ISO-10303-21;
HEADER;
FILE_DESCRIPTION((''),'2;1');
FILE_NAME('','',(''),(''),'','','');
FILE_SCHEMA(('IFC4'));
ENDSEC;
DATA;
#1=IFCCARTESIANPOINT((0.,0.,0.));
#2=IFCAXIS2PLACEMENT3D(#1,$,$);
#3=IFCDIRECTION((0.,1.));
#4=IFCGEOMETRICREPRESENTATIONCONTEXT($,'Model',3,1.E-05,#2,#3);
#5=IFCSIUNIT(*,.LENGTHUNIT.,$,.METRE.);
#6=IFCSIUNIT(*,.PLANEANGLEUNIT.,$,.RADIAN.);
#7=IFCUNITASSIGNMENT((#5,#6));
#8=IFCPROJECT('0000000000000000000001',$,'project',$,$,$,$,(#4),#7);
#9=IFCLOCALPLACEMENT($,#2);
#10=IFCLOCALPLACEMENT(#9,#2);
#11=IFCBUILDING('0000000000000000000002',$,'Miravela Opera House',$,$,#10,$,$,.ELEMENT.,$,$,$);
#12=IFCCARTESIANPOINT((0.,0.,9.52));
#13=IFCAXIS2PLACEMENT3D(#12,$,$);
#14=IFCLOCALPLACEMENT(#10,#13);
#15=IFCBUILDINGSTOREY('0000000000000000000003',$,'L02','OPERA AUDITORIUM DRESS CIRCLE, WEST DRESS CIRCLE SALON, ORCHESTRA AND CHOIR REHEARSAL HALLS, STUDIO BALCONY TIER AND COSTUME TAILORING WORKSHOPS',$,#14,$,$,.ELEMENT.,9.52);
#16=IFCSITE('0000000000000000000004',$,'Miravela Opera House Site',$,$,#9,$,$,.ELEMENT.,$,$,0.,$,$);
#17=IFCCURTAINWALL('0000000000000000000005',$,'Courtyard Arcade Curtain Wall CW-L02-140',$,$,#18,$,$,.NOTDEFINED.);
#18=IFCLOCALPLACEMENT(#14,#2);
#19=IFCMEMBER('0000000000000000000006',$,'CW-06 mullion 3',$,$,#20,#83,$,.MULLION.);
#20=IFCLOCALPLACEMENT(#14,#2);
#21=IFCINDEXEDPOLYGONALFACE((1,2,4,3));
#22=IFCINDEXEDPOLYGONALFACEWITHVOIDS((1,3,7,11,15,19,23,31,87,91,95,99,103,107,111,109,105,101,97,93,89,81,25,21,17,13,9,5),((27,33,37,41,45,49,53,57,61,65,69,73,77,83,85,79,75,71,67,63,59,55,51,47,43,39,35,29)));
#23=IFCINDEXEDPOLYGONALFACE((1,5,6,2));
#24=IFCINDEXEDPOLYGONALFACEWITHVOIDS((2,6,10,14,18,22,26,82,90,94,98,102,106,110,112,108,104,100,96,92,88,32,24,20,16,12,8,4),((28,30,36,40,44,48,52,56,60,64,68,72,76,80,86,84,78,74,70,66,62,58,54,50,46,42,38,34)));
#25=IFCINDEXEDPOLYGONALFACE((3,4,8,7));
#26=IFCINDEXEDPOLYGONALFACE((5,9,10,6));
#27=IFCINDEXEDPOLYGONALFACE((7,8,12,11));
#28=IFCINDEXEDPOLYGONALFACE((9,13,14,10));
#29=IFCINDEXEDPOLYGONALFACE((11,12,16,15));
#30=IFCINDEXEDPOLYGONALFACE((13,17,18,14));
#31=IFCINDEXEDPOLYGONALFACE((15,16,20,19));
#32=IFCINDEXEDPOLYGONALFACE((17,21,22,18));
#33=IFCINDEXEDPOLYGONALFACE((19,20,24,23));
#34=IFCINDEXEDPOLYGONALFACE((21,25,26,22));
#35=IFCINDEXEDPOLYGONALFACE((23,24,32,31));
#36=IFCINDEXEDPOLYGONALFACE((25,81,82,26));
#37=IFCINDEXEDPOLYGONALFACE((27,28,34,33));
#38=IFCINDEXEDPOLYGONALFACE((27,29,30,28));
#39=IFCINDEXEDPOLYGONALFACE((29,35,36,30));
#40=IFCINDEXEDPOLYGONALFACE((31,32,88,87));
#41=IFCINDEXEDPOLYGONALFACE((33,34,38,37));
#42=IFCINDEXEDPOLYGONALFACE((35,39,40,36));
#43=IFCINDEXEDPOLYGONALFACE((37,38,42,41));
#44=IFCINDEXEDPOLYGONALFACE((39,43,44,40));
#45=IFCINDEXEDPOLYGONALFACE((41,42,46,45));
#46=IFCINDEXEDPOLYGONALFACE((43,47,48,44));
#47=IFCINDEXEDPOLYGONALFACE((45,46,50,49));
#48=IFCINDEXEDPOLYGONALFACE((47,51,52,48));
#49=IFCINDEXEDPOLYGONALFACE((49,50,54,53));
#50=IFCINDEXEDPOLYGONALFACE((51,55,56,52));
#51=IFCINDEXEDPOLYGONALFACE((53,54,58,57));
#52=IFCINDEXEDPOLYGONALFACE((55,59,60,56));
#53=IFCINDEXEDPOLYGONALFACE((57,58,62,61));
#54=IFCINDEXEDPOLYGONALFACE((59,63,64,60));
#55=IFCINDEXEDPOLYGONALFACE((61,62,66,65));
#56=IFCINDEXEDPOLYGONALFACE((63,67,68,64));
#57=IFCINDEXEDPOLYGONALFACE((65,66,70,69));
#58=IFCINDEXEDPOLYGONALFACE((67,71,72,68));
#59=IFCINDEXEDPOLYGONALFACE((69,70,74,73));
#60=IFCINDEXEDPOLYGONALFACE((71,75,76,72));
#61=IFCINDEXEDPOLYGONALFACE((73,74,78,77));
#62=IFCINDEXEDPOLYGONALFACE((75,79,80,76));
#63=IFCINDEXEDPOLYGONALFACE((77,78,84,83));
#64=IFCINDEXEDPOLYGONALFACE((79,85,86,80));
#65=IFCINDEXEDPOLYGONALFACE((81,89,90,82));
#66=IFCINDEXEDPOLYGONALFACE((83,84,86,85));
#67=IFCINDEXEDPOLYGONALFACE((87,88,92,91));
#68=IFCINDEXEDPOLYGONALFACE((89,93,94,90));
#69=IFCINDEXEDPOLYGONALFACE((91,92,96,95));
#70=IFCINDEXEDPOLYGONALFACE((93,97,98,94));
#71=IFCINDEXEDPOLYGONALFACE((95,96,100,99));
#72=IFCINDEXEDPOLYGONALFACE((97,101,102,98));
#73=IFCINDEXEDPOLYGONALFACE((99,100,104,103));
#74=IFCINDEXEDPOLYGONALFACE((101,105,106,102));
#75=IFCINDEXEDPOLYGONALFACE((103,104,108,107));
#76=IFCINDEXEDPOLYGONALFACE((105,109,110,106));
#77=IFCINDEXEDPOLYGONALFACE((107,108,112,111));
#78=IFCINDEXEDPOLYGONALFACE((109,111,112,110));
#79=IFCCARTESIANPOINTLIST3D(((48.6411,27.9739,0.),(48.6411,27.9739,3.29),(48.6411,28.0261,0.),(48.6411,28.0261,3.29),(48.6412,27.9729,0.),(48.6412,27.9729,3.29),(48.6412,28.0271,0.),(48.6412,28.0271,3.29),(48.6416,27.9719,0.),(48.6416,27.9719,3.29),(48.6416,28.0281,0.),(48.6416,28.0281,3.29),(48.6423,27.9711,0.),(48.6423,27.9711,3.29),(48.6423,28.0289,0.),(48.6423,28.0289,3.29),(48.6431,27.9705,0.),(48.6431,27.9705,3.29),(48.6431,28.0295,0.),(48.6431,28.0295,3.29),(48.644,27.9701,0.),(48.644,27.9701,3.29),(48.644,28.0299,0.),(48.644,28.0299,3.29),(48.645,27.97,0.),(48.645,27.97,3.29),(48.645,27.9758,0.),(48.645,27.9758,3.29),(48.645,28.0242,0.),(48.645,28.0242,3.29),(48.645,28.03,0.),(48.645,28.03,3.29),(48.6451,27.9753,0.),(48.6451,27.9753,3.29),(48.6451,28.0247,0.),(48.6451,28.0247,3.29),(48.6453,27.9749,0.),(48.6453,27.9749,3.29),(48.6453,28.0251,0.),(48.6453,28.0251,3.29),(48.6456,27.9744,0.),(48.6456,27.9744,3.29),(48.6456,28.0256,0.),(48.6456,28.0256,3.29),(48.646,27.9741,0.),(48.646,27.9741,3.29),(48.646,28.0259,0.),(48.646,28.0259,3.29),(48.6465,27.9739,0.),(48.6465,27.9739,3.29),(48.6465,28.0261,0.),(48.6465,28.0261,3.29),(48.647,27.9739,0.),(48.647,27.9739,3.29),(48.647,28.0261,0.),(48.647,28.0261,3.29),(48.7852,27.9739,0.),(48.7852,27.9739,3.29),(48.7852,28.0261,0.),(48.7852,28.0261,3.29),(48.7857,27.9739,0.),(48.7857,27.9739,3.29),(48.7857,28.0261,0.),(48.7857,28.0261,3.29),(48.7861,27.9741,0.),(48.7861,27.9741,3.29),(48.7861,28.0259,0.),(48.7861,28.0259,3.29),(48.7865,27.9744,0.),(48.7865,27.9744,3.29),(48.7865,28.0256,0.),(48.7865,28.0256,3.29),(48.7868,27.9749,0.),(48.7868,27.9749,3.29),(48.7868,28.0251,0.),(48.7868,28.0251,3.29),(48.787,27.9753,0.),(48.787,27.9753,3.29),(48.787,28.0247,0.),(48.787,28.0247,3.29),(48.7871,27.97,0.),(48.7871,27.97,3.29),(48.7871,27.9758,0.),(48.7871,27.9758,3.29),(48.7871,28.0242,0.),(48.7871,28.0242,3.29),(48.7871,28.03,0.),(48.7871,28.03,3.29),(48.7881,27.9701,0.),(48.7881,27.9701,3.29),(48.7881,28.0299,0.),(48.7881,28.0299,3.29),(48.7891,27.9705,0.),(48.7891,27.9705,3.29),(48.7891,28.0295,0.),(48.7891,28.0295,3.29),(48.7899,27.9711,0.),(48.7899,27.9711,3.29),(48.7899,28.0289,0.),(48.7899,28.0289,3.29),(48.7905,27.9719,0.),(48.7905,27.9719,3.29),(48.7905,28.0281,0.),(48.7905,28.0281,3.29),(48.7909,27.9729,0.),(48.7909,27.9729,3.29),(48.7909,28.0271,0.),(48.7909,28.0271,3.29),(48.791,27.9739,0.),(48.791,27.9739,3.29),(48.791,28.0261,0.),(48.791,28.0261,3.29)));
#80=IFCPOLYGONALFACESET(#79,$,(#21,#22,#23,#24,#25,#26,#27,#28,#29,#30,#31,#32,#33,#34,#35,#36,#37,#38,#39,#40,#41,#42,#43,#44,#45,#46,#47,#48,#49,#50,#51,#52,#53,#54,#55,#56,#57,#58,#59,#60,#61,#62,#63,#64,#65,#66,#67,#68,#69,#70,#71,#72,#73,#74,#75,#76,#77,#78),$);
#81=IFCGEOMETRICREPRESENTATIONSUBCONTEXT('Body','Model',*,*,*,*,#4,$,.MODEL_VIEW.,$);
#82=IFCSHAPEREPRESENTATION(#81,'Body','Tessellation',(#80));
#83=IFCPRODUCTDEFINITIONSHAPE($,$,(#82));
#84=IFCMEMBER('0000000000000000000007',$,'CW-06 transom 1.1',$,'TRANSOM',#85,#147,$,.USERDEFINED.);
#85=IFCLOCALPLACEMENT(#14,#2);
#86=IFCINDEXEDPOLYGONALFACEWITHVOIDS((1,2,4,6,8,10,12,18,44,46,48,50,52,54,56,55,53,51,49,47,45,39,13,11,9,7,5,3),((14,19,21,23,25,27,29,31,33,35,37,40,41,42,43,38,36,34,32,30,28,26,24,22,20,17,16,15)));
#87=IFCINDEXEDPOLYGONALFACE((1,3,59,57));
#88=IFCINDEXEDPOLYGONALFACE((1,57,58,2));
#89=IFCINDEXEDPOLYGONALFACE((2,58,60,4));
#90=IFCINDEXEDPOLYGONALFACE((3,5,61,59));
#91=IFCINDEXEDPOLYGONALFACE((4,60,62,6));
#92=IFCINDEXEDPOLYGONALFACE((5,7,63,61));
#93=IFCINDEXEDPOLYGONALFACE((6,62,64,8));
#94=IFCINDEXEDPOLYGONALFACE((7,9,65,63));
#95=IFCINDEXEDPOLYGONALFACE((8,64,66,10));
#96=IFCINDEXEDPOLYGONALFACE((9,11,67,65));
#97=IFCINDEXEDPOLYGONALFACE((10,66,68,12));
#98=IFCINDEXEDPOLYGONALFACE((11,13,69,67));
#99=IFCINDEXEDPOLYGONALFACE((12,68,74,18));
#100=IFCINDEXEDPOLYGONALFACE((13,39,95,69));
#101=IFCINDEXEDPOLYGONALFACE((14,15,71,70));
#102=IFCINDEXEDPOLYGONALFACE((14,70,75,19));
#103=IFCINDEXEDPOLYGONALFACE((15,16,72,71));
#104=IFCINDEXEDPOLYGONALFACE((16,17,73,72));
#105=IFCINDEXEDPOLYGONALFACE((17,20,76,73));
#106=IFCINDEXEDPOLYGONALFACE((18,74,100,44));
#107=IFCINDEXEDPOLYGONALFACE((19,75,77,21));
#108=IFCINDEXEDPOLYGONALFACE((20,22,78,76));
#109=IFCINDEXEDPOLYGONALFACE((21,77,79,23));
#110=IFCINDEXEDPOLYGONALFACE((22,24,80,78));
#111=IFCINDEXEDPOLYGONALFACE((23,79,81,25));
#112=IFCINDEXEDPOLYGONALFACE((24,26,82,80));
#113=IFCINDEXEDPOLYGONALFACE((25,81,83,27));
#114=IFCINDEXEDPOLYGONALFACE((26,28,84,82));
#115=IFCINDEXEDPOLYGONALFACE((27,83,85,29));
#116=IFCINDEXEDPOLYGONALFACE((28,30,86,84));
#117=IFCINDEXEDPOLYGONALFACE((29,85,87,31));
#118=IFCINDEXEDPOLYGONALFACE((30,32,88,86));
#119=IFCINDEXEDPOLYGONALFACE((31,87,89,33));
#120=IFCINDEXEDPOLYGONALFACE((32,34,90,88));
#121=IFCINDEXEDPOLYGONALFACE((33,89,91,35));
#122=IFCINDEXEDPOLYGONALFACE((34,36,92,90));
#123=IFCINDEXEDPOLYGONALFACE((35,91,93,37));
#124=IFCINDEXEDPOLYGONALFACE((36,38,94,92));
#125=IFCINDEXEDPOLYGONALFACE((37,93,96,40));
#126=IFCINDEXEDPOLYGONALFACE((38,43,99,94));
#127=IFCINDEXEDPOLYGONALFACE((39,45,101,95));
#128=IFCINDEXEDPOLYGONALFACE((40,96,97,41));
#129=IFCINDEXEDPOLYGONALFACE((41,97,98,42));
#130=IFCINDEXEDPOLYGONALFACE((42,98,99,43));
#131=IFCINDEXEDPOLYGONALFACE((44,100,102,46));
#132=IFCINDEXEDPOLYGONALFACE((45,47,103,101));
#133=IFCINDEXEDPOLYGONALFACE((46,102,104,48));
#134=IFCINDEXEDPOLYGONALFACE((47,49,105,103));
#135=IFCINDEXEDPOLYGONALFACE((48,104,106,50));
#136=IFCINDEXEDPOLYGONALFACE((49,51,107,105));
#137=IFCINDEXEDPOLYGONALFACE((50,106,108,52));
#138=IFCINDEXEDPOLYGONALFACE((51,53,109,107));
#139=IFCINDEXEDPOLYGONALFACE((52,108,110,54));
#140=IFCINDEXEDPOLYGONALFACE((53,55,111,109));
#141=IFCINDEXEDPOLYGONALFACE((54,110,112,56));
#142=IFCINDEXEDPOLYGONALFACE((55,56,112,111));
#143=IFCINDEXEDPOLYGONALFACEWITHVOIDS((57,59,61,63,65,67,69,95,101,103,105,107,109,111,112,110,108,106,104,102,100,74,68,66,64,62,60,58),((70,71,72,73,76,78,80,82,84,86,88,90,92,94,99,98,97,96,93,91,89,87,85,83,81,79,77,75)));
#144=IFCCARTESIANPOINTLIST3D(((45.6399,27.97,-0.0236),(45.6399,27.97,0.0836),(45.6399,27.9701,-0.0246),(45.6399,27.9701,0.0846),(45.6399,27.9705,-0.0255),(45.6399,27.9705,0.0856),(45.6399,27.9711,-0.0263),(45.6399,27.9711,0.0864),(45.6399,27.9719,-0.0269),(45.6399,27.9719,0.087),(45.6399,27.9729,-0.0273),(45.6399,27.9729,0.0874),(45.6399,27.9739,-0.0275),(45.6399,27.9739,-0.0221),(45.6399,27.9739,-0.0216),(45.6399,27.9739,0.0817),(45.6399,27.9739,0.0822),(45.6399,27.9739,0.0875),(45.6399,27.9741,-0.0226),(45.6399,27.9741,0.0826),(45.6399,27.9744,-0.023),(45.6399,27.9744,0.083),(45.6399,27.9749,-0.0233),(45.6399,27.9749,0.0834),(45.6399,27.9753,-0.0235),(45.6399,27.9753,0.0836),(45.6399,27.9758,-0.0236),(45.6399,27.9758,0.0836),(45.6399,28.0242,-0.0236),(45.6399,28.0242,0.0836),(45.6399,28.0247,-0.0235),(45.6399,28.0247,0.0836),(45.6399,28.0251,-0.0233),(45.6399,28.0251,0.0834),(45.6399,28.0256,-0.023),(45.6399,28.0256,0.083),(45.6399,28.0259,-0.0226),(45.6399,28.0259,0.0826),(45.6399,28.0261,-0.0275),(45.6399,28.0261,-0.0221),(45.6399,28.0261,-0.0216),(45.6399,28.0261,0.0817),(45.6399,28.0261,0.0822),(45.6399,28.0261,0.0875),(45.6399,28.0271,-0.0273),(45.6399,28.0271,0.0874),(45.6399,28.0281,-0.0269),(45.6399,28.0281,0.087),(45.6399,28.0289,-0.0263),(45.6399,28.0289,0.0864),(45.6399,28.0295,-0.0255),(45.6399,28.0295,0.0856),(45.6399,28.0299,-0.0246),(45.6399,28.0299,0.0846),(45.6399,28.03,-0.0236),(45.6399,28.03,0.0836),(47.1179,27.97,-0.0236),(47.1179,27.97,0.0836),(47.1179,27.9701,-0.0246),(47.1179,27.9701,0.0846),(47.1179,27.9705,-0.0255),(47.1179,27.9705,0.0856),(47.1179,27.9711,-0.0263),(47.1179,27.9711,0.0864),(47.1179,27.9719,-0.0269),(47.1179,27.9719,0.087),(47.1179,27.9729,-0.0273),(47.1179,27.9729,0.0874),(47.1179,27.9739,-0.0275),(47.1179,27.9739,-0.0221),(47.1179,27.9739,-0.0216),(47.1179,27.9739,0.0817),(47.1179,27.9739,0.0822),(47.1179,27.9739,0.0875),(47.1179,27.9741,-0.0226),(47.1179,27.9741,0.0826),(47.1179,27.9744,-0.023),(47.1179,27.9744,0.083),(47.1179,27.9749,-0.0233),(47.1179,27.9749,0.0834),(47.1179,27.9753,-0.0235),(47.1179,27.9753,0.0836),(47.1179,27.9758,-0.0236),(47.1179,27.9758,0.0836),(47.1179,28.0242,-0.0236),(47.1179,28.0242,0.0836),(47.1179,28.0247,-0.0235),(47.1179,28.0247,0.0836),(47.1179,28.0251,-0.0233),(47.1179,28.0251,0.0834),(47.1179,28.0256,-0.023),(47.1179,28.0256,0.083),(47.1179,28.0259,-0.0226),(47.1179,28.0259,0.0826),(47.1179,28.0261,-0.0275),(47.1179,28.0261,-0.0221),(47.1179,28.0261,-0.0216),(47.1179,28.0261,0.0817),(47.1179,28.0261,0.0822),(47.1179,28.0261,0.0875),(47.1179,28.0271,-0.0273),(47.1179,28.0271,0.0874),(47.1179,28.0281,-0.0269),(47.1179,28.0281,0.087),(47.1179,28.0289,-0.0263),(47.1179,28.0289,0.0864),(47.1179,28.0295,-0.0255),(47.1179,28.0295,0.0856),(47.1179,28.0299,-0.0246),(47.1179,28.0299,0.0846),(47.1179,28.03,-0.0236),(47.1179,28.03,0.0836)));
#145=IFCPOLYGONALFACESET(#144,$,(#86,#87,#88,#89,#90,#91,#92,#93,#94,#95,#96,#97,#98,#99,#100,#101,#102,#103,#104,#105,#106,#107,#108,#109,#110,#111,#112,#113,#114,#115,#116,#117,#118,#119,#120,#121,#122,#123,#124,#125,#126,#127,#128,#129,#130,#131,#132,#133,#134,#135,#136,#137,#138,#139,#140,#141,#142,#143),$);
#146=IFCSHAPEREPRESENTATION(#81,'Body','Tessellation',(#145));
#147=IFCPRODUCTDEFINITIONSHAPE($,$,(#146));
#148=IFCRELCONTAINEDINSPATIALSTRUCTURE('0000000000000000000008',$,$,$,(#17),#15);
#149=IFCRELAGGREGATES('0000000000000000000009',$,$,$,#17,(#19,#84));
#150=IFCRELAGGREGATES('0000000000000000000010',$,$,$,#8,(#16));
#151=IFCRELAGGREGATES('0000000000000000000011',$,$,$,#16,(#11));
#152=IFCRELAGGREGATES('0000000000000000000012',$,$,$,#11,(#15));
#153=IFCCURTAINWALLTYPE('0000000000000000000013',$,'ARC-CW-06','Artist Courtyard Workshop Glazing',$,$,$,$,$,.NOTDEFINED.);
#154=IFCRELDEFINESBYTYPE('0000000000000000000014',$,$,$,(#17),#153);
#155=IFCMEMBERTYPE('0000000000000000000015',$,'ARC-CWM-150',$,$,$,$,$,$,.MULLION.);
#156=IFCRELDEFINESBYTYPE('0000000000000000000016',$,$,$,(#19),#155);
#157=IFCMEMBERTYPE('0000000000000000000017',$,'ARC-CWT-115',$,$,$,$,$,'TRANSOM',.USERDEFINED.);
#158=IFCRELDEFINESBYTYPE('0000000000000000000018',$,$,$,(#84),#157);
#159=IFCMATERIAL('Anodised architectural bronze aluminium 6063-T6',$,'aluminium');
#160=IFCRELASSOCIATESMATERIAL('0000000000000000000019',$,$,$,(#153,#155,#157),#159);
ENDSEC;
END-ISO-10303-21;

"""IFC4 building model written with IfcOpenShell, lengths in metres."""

from ifc_helpers import new_model, si_unit, direction, frame, origin, origin_2d, place, context, subcontext, project, spatial, hollow_rectangle, extrude, material, material_profile, profile_set, type_object, element, aggregate, save


model = new_model("IFC4")

# Units and contexts
model_context = context("Model", 3, precision=1e-05, world=origin(), true_north=direction((0.0, 1.0)))
body_context = subcontext(model_context, "Body", "Model", "MODEL_VIEW")
ifc_project = project(units=[si_unit("LENGTHUNIT", "METRE"), si_unit("PLANEANGLEUNIT", "RADIAN")], contexts=[model_context])

# Site, building, storey
site_placement = place(None, origin())
site = spatial("IfcSite", under=ifc_project, at=site_placement, Name="Miravela Opera House Site", CompositionType="ELEMENT", RefElevation=0.0)
building_placement = place(site_placement, origin())
building = spatial("IfcBuilding", under=site, at=building_placement, Name="Miravela Opera House", CompositionType="ELEMENT")
storey_placement = place(building_placement, frame((0.0, 0.0, 9.52)))
storey = spatial("IfcBuildingStorey", under=building, at=storey_placement, Name="L02", Description="OPERA AUDITORIUM DRESS CIRCLE, WEST DRESS CIRCLE SALON, ORCHESTRA AND CHOIR REHEARSAL HALLS, STUDIO BALCONY TIER AND COSTUME TAILORING WORKSHOPS", CompositionType="ELEMENT", Elevation=9.52)

# Curtain wall, members
ifc_material_1 = material(Name="Anodised architectural bronze aluminium 6063-T6", Category="aluminium")
curtain_wall_type = type_object("IfcCurtainWallType", Name="ARC-CW-06", Description="Artist Courtyard Workshop Glazing", PredefinedType="NOTDEFINED", material=ifc_material_1)
curtain_wall_placement = place(storey_placement, origin())
curtain_wall = element("IfcCurtainWall", 1, at=curtain_wall_placement, inside=storey, type_object=curtain_wall_type, Name="Courtyard Arcade Curtain Wall CW-L02-140", PredefinedType="NOTDEFINED")
ifc_material_profile_1 = material_profile(ifc_material_1, hollow_rectangle(XDim=0.0601, YDim=0.1499, WallThickness=0.0039, InnerFilletRadius=0.002, OuterFilletRadius=0.0039, at=origin_2d()), Name="CWM-60X150")
ifc_profile_set_1 = profile_set([ifc_material_profile_1])
member_type_1 = type_object("IfcMemberType", Name="ARC-CWM-150", PredefinedType="MULLION", material=ifc_profile_set_1)
member_1_placement = place(storey_placement, frame((48.7161, 28.0, 0.0), z_axis=(0.0, 0.0, 1.0), x_axis=(0.0, 1.0, 0.0)))
member_1 = element("IfcMember", 2, at=member_1_placement, type_object=member_type_1, Name="CW-06 mullion 3", PredefinedType="MULLION", context=body_context, shape_type="SweptSolid", body=[
    extrude(hollow_rectangle(XDim=0.0601, YDim=0.1499, WallThickness=0.0039, InnerFilletRadius=0.002, OuterFilletRadius=0.0039, at=origin_2d()), origin(), (0.0, 0.0, 1.0), 3.29),
])
ifc_material_profile_2 = material_profile(ifc_material_1, hollow_rectangle(XDim=0.0601, YDim=0.115, WallThickness=0.0039, InnerFilletRadius=0.002, OuterFilletRadius=0.0039, at=origin_2d()), Name="CWT-60X115")
ifc_profile_set_2 = profile_set([ifc_material_profile_2])
member_type_2 = type_object("IfcMemberType", Name="ARC-CWT-115", ElementType="TRANSOM", PredefinedType="USERDEFINED", material=ifc_profile_set_2)
member_2_placement = place(storey_placement, frame((45.6399, 28.0, 0.03), z_axis=(1.0, 0.0, 0.0), x_axis=(0.0, 1.0, 0.0)))
member_2 = element("IfcMember", 3, at=member_2_placement, type_object=member_type_2, Name="CW-06 transom 1.1", ObjectType="TRANSOM", PredefinedType="USERDEFINED", context=body_context, shape_type="SweptSolid", body=[
    extrude(hollow_rectangle(XDim=0.0601, YDim=0.115, WallThickness=0.0039, InnerFilletRadius=0.002, OuterFilletRadius=0.0039, at=origin_2d()), origin(), (0.0, 0.0, 1.0), 1.478),
])

aggregate(curtain_wall, [member_1, member_2])

save(model, "model.ifc")
